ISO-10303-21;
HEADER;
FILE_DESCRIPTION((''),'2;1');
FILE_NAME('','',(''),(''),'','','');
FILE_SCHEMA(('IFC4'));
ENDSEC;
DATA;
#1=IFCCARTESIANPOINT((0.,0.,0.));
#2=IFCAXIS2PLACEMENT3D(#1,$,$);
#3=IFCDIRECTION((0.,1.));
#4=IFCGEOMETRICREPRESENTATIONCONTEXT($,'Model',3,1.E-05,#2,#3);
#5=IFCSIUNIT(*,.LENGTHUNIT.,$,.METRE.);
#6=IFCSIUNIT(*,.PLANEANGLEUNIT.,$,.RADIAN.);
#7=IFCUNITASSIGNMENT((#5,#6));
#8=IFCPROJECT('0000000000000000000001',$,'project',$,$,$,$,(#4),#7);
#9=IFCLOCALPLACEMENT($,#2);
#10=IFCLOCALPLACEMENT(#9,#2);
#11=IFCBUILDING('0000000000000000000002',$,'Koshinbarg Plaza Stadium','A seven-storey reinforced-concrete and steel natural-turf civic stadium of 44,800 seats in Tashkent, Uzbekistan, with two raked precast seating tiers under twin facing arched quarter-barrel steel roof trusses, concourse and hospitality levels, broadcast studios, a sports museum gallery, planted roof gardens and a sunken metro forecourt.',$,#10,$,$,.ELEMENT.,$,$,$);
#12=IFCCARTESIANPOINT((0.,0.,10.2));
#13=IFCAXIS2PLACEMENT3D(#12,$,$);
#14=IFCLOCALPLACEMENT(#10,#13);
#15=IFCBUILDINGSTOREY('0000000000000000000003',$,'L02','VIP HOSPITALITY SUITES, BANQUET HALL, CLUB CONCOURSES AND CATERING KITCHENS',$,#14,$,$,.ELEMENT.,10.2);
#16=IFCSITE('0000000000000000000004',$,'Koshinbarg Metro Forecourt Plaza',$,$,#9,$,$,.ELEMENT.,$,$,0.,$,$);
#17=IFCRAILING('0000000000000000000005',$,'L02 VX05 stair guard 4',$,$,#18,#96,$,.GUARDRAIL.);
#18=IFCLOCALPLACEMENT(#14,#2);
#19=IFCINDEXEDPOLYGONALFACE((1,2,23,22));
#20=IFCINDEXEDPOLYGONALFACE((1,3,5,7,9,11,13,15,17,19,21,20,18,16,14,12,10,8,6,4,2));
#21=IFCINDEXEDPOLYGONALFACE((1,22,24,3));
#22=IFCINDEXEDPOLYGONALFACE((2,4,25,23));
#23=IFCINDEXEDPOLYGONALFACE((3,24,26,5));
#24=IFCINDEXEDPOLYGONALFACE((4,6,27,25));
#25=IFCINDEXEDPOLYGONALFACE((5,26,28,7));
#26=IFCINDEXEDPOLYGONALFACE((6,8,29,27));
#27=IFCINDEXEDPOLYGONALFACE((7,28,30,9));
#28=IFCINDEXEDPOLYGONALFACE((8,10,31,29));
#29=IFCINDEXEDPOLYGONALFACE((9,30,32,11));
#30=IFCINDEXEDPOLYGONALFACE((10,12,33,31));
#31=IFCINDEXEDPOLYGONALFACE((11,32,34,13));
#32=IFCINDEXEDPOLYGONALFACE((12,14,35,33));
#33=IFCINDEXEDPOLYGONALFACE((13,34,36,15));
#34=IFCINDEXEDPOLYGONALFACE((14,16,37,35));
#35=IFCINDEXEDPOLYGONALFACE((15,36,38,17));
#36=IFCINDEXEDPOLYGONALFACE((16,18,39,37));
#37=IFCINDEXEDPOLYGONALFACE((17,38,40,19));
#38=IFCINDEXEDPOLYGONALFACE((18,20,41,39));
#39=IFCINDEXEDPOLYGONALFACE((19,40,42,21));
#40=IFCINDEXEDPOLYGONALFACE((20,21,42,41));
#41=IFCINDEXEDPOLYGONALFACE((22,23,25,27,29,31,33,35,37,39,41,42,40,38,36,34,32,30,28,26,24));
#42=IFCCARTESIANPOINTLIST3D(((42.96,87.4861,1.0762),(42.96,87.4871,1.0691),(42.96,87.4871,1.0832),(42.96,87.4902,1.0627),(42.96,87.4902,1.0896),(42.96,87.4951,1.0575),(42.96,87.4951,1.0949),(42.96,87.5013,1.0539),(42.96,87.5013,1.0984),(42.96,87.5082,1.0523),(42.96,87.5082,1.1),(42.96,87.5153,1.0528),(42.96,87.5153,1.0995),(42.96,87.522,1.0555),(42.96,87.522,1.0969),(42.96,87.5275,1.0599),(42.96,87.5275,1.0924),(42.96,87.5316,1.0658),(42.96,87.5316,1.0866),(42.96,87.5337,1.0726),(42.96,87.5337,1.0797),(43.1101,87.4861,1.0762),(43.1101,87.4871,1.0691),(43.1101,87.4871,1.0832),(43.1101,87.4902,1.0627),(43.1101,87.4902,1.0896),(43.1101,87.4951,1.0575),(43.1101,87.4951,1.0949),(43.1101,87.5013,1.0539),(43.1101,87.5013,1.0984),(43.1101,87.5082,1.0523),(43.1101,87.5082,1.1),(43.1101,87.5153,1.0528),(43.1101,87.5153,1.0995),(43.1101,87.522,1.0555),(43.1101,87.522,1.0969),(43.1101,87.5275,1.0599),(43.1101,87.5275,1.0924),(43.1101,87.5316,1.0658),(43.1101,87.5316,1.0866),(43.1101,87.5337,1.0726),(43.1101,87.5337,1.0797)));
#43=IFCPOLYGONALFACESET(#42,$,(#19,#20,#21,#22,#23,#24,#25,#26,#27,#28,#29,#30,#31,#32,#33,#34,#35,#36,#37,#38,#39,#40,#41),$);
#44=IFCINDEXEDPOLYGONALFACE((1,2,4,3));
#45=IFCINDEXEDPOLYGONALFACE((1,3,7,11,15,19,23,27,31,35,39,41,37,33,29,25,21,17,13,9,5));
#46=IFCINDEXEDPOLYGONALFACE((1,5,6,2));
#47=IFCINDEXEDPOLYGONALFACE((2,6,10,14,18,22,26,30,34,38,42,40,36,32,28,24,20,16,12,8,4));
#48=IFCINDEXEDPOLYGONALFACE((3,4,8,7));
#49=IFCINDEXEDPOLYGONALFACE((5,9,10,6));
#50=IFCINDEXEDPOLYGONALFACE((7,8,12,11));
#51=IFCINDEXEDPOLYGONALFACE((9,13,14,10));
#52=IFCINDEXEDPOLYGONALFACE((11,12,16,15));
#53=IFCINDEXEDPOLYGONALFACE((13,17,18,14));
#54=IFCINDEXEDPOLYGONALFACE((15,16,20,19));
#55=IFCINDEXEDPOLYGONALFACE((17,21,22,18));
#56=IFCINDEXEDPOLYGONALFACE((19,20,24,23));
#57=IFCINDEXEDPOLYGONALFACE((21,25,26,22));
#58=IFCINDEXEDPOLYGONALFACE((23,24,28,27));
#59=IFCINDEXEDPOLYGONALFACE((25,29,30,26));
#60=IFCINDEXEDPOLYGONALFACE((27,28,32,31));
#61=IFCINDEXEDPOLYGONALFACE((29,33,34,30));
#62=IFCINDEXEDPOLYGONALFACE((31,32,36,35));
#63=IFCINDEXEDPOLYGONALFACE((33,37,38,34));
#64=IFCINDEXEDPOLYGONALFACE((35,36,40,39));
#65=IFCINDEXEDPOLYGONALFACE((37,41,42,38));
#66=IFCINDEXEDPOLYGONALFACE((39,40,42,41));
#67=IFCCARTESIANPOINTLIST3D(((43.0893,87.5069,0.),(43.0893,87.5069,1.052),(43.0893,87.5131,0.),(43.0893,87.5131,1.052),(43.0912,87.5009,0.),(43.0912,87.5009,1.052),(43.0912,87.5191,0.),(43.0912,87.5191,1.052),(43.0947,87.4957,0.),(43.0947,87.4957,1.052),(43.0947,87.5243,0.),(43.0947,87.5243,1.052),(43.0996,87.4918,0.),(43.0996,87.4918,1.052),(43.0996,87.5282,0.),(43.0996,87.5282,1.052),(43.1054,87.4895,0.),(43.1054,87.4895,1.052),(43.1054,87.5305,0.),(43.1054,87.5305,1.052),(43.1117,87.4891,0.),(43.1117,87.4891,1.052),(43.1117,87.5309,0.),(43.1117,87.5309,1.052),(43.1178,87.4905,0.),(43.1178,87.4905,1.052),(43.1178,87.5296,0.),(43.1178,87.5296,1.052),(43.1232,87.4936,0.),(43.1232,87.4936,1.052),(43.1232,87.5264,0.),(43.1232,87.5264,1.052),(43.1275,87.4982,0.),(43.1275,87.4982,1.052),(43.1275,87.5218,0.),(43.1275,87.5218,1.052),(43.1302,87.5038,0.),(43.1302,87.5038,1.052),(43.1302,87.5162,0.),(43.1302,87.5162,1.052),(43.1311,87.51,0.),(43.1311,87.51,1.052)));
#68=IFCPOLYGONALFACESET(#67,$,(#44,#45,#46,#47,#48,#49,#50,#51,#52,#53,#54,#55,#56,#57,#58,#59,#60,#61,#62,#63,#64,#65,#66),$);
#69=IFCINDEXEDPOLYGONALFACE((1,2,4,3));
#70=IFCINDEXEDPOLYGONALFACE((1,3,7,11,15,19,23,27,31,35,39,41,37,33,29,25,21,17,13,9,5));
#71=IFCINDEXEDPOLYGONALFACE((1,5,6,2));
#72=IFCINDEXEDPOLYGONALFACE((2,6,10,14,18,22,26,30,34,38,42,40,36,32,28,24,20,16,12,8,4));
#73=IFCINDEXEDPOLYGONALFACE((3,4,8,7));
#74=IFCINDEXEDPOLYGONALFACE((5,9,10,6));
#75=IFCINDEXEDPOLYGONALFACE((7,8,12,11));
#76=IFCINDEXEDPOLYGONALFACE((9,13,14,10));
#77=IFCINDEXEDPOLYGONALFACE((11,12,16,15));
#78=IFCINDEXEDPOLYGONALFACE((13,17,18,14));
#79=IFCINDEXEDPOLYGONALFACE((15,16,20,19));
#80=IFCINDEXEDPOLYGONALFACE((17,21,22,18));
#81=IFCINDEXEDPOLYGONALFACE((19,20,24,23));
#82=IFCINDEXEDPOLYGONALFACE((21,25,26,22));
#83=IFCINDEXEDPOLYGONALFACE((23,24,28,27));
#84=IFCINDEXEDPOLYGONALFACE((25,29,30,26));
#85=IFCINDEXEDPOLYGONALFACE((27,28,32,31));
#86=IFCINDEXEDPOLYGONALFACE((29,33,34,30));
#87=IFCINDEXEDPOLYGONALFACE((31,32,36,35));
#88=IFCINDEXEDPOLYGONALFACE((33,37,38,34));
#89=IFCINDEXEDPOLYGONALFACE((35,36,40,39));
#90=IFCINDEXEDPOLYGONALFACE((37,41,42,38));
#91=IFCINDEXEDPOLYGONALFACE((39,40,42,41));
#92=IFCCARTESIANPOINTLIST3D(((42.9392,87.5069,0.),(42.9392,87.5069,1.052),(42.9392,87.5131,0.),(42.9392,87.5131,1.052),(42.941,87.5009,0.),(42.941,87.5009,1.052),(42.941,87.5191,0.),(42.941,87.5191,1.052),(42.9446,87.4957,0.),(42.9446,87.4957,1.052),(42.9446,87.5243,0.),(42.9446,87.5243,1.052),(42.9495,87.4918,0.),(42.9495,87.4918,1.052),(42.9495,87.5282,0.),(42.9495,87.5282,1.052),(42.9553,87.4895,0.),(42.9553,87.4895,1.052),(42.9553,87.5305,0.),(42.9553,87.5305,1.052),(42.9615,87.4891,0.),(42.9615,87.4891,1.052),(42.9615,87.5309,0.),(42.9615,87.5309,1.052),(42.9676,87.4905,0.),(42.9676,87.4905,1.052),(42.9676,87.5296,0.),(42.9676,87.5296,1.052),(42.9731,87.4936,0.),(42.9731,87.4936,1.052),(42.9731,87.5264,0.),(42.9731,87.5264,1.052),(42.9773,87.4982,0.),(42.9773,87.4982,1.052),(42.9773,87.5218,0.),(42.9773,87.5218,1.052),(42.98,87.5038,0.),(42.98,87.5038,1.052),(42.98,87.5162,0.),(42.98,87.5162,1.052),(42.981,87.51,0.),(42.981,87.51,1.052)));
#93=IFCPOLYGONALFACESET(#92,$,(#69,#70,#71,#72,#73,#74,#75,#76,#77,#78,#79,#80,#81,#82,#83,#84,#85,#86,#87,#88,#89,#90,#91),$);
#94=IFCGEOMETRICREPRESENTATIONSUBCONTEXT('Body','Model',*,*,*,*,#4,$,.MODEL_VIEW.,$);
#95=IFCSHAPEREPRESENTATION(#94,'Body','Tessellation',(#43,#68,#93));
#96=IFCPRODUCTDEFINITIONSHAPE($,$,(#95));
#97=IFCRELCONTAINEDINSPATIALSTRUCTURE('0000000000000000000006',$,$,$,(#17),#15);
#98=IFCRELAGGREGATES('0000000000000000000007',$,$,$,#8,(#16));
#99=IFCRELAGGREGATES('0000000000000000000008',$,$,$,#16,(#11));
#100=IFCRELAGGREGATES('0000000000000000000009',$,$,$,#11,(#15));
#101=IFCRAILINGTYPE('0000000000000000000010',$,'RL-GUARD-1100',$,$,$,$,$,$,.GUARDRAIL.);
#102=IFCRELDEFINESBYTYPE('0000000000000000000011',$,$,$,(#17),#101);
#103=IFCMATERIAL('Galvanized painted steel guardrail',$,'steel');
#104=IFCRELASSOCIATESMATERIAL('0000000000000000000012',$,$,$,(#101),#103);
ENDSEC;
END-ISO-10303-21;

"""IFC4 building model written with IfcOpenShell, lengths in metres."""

from ifc_helpers import new_model, si_unit, direction, frame, origin, origin_2d, place, context, subcontext, project, spatial, circle, extrude, material, type_object, element, save


model = new_model("IFC4")

# Units and contexts
model_context = context("Model", 3, precision=1e-05, world=origin(), true_north=direction((0.0, 1.0)))
body_context = subcontext(model_context, "Body", "Model", "MODEL_VIEW")
ifc_project = project(units=[si_unit("LENGTHUNIT", "METRE"), si_unit("PLANEANGLEUNIT", "RADIAN")], contexts=[model_context])

# Site, building, storey
site_placement = place(None, origin())
site = spatial("IfcSite", under=ifc_project, at=site_placement, Name="Koshinbarg Metro Forecourt Plaza", CompositionType="ELEMENT", RefElevation=0.0)
building_placement = place(site_placement, origin())
building = spatial("IfcBuilding", under=site, at=building_placement, Name="Koshinbarg Plaza Stadium", Description="A seven-storey reinforced-concrete and steel natural-turf civic stadium of 44,800 seats in Tashkent, Uzbekistan, with two raked precast seating tiers under twin facing arched quarter-barrel steel roof trusses, concourse and hospitality levels, broadcast studios, a sports museum gallery, planted roof gardens and a sunken metro forecourt.", CompositionType="ELEMENT")
storey_placement = place(building_placement, frame((0.0, 0.0, 10.2)))
storey = spatial("IfcBuildingStorey", under=building, at=storey_placement, Name="L02", Description="VIP HOSPITALITY SUITES, BANQUET HALL, CLUB CONCOURSES AND CATERING KITCHENS", CompositionType="ELEMENT", Elevation=10.2)

# Railing
ifc_material_1 = material(Name="Galvanized painted steel guardrail", Category="steel")
railing_type_1 = type_object("IfcRailingType", Name="RL-GUARD-1100", PredefinedType="GUARDRAIL", material=ifc_material_1)
railing_1_placement = place(storey_placement, frame((43.1101, 87.51, 0.0)))
element("IfcRailing", 1, at=railing_1_placement, inside=storey, type_object=railing_type_1, Name="L02 VX05 stair guard 4", PredefinedType="GUARDRAIL", context=body_context, shape_type="SweptSolid", body=[
    extrude(circle(Radius=0.0239, at=origin_2d()), frame((0.0, 0.0, 1.0762), z_axis=(-1.0, 0.0, 0.0), x_axis=(0.0, -1.0, 0.0)), (0.0, 0.0, 1.0), 0.1501),
    extrude(circle(Radius=0.021, at=origin_2d()), origin(), (0.0, 0.0, 1.0), 1.052),
    extrude(circle(Radius=0.021, at=origin_2d()), frame((-0.1501, 0.0, 0.0)), (0.0, 0.0, 1.0), 1.052),
])

save(model, "model.ifc")
